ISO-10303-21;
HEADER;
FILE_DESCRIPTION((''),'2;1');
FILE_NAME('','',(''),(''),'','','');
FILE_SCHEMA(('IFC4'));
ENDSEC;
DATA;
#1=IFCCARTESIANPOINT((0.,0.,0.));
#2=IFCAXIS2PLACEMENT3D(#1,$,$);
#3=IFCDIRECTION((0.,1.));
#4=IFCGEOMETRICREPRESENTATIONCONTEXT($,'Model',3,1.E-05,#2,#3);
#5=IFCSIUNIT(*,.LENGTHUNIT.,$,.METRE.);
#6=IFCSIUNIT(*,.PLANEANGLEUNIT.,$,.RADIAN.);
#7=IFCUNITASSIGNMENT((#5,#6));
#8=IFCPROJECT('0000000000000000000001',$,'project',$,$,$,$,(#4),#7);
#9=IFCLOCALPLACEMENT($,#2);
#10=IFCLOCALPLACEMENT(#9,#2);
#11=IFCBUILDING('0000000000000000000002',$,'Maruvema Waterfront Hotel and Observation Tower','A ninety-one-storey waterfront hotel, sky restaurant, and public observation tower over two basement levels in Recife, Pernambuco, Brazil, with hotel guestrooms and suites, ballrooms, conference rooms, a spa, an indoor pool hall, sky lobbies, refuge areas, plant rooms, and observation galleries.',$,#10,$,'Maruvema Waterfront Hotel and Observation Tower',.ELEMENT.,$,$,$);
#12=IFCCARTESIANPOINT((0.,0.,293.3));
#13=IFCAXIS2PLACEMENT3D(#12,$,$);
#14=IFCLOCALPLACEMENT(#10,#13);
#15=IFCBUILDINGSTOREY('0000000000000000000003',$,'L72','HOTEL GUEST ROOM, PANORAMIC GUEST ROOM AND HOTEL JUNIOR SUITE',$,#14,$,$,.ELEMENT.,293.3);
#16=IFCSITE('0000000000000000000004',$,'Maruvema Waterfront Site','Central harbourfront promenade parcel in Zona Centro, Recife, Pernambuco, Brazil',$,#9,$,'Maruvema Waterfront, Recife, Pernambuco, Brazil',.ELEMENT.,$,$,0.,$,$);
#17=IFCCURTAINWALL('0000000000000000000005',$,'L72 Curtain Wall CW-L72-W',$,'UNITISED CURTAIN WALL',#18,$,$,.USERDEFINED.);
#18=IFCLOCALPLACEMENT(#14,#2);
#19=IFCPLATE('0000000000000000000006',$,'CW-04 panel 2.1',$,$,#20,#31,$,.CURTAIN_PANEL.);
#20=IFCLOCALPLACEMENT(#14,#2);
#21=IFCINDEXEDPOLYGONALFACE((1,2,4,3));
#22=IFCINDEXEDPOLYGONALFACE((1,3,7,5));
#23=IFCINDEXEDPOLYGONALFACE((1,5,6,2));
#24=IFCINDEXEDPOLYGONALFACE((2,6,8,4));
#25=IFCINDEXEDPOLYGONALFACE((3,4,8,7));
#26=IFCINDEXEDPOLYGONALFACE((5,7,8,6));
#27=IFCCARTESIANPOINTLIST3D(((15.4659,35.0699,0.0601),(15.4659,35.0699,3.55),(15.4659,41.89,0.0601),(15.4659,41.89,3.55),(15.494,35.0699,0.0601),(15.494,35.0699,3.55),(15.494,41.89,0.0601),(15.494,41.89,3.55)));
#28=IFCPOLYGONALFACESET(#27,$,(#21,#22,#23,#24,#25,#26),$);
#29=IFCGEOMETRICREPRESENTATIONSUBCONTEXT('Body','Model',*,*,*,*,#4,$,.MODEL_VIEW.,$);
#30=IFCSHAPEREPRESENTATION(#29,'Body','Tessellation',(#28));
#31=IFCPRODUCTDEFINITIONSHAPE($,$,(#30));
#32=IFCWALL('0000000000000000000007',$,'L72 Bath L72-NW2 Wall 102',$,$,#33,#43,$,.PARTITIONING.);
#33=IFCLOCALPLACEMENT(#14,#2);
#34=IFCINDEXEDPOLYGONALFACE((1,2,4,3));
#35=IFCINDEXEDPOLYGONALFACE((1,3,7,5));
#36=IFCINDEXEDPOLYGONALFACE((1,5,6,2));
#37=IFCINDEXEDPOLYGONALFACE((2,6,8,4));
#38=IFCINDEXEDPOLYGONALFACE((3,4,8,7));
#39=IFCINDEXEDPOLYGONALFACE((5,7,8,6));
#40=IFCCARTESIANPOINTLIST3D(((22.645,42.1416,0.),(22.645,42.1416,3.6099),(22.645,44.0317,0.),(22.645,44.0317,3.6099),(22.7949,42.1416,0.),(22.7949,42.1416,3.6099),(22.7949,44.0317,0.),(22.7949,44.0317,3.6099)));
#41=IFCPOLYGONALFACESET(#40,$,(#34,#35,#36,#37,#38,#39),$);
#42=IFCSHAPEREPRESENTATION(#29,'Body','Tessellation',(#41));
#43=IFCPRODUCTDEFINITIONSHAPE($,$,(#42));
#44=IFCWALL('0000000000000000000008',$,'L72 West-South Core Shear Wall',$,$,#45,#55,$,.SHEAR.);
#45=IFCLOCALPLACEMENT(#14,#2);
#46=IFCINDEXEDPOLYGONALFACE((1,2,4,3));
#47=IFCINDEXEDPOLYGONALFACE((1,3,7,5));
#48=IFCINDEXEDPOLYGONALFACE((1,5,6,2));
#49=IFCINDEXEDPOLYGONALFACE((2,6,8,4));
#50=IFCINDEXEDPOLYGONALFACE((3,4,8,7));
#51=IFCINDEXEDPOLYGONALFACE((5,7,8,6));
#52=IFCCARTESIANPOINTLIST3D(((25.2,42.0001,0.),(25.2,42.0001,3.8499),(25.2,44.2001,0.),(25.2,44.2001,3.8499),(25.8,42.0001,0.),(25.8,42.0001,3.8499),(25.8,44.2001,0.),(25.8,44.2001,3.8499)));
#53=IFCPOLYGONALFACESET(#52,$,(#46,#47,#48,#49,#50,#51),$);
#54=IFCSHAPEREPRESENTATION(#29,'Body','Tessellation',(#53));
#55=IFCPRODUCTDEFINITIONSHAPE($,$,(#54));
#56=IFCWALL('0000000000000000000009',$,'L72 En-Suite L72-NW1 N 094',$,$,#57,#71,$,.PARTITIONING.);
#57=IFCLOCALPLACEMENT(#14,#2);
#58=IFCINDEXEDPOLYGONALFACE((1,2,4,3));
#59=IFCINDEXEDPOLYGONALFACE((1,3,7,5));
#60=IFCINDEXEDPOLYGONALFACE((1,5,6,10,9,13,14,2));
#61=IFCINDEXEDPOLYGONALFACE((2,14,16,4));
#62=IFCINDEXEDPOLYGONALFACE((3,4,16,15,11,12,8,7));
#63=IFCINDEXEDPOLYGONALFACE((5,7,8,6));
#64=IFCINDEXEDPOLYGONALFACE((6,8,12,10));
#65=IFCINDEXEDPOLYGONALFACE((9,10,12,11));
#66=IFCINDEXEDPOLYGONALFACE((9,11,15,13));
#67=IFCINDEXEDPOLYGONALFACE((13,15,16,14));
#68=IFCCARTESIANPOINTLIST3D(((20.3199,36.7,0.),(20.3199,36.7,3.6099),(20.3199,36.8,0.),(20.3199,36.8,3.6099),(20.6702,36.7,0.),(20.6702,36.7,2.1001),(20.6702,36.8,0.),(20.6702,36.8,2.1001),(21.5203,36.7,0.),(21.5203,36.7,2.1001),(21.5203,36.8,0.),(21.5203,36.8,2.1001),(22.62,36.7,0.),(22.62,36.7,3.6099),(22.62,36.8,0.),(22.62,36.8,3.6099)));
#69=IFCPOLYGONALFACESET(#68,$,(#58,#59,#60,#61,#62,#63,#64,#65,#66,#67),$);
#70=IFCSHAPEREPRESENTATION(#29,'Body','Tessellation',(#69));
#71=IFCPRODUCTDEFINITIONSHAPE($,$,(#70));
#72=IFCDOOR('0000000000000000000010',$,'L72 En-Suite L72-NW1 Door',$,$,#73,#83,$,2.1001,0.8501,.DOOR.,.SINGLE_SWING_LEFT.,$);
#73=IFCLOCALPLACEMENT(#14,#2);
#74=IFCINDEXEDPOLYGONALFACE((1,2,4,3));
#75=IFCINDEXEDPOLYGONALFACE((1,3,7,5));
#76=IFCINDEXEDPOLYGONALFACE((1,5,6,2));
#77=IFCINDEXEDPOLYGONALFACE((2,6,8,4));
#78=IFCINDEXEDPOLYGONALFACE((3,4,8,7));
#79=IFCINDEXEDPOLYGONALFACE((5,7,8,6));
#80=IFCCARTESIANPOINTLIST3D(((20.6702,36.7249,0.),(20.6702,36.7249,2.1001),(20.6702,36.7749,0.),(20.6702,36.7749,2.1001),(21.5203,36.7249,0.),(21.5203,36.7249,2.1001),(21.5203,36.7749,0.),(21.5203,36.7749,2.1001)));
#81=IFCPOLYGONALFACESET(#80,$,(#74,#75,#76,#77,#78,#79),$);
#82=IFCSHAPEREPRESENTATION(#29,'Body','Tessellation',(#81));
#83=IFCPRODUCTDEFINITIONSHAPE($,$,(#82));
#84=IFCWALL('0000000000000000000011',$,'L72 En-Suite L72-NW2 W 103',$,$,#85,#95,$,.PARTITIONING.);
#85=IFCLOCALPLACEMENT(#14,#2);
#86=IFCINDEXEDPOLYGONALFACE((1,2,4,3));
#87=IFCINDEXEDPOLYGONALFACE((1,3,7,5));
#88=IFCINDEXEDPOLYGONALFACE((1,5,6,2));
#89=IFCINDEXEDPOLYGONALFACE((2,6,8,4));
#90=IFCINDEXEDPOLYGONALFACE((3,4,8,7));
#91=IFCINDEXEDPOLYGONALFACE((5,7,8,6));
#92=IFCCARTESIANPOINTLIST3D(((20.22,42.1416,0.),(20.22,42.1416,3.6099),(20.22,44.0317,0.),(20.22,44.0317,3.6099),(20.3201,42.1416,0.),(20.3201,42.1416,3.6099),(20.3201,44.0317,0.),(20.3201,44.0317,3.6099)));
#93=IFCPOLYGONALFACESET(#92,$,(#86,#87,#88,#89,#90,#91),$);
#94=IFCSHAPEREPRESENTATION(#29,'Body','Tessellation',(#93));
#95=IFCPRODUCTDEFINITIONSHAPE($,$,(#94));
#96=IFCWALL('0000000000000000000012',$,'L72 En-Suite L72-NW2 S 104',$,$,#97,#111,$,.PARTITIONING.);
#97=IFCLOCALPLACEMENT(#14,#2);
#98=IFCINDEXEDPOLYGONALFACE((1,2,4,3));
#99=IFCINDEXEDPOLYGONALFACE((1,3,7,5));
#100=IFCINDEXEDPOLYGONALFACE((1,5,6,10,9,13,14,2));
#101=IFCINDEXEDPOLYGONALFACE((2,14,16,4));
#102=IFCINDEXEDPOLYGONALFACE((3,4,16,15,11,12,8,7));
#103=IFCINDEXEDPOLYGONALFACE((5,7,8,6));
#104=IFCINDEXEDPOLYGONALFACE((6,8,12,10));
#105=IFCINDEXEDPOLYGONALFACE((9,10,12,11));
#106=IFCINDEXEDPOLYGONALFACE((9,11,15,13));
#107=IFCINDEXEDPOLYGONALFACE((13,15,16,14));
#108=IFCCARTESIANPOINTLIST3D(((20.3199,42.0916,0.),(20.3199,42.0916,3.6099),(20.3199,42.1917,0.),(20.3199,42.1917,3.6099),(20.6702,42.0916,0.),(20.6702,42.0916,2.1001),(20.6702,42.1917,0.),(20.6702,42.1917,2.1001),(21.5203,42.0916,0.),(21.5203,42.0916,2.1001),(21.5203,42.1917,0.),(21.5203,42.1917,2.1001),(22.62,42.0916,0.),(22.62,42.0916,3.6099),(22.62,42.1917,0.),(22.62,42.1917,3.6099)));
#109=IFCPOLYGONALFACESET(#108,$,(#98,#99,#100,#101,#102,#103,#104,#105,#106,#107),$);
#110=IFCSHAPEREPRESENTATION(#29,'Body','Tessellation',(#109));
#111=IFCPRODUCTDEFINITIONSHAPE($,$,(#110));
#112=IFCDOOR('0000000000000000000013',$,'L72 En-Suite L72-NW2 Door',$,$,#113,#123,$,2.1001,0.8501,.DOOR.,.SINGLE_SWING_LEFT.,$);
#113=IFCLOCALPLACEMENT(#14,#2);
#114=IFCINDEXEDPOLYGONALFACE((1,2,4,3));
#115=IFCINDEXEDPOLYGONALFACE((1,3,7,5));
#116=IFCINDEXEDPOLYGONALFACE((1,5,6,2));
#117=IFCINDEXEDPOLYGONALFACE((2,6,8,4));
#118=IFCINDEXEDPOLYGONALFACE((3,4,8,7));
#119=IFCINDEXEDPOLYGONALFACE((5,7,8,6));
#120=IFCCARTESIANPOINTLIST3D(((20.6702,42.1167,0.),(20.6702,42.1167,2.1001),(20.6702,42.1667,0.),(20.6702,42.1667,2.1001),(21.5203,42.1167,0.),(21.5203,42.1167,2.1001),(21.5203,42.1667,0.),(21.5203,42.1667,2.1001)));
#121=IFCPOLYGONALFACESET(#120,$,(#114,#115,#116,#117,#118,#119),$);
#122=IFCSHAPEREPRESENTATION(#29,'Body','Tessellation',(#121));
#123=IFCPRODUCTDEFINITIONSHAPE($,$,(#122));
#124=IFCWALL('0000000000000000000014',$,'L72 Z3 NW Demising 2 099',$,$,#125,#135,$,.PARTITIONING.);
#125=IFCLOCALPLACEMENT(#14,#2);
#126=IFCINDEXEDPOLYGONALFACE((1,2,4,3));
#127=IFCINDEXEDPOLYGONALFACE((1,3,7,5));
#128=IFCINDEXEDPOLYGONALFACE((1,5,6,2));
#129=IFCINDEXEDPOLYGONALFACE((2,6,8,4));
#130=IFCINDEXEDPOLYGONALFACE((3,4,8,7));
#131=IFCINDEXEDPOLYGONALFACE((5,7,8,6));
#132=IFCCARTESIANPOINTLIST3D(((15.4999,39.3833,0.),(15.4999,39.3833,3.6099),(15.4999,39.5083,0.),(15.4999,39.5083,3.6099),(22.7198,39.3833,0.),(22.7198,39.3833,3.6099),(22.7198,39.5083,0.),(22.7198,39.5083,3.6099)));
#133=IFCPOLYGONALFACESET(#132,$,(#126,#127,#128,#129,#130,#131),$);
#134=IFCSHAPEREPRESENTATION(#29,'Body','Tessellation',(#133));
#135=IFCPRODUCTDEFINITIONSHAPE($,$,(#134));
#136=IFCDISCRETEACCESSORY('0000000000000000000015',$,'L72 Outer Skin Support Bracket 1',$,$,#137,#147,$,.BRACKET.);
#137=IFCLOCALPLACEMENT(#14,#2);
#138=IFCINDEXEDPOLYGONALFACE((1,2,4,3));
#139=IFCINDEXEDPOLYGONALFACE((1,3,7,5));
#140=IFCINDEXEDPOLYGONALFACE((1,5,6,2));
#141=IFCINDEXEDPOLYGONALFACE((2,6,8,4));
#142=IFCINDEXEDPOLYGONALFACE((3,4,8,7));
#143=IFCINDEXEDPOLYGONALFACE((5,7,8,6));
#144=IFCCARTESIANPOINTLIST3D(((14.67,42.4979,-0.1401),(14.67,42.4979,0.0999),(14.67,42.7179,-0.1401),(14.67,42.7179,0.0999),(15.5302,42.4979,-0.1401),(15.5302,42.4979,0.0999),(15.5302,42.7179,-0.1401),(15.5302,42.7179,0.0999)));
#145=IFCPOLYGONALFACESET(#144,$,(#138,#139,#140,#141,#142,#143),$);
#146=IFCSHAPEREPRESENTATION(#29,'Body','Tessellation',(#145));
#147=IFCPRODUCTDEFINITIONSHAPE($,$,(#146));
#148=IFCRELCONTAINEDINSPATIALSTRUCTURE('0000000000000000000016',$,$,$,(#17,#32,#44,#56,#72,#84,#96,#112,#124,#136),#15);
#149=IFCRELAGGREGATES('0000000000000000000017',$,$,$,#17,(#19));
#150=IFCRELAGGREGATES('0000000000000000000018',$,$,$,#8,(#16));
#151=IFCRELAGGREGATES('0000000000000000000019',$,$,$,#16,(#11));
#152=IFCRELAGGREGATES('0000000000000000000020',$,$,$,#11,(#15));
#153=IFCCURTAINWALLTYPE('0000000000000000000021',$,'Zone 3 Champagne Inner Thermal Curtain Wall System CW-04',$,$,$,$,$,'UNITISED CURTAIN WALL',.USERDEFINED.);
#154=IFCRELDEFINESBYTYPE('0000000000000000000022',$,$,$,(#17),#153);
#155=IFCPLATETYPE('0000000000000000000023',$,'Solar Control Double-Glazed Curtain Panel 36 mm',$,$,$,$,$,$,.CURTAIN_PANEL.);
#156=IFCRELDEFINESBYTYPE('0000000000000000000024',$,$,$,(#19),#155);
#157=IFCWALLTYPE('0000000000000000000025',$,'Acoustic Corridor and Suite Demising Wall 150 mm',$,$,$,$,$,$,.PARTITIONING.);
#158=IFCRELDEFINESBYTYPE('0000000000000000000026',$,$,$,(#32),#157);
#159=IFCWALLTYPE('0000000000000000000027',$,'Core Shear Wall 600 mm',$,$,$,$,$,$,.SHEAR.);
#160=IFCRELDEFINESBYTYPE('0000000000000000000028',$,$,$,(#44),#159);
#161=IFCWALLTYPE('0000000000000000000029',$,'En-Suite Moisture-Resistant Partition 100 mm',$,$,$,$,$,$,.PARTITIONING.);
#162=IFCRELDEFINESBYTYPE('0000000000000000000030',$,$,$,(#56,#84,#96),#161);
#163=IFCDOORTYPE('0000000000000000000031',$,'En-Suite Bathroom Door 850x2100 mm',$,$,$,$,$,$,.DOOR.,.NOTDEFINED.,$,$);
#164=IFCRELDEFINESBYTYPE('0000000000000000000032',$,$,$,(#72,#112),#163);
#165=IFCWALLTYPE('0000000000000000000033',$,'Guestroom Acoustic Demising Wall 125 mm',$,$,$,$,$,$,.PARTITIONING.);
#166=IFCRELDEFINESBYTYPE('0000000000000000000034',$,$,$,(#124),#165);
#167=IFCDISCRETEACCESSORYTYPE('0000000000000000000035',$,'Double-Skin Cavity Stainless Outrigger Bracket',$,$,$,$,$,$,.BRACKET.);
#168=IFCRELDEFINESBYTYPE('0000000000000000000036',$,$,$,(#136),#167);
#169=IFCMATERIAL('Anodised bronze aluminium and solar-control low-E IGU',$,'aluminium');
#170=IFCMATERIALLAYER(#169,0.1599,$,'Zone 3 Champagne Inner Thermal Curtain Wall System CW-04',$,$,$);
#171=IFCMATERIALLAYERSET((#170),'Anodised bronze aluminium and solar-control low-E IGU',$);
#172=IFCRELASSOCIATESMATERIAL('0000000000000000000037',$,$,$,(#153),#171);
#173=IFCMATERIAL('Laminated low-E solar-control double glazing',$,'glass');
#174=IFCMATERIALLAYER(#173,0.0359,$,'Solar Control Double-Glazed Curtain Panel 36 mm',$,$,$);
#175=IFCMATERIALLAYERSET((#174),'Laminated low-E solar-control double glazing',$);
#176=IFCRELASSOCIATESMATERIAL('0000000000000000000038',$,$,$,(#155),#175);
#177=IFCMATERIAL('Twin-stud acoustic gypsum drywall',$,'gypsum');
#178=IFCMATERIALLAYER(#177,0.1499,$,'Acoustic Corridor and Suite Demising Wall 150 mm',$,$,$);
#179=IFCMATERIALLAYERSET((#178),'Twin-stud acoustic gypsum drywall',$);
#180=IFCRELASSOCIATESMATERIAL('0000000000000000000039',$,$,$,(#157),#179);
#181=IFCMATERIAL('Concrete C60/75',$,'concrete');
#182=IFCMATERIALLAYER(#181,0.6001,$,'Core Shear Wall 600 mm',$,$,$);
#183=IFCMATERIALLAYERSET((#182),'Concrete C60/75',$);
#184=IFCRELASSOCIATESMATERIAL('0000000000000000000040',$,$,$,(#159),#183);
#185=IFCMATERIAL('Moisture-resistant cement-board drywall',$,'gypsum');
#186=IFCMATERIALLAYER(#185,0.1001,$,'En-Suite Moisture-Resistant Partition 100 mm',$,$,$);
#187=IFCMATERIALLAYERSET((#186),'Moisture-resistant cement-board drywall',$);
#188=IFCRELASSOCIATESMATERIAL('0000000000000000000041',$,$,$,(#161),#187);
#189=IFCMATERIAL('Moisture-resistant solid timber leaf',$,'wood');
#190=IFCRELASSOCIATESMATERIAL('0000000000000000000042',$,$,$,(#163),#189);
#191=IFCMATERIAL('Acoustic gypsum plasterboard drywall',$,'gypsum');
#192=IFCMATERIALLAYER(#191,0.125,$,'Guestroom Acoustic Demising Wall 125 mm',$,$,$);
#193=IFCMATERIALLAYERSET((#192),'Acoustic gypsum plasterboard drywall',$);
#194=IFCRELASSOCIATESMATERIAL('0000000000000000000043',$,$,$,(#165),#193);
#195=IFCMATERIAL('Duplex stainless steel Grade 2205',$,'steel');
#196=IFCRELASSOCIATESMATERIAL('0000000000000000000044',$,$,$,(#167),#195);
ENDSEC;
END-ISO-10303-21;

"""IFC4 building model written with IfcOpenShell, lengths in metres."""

from ifc_helpers import new_model, si_unit, direction, frame, frame_2d, origin, origin_2d, place, context, subcontext, project, spatial, rectangle, extrude, material, layer, layer_set, type_object, element, fill, aggregate, save


model = new_model("IFC4")

# Units and contexts
model_context = context("Model", 3, precision=1e-05, world=origin(), true_north=direction((0.0, 1.0)))
body_context = subcontext(model_context, "Body", "Model", "MODEL_VIEW")
ifc_project = project(units=[si_unit("LENGTHUNIT", "METRE"), si_unit("PLANEANGLEUNIT", "RADIAN")], contexts=[model_context])

# Site, building, storey
site_placement = place(None, origin())
site = spatial("IfcSite", under=ifc_project, at=site_placement, Name="Maruvema Waterfront Site", Description="Central harbourfront promenade parcel in Zona Centro, Recife, Pernambuco, Brazil", LongName="Maruvema Waterfront, Recife, Pernambuco, Brazil", CompositionType="ELEMENT", RefElevation=0.0)
building_placement = place(site_placement, origin())
building = spatial("IfcBuilding", under=site, at=building_placement, Name="Maruvema Waterfront Hotel and Observation Tower", Description="A ninety-one-storey waterfront hotel, sky restaurant, and public observation tower over two basement levels in Recife, Pernambuco, Brazil, with hotel guestrooms and suites, ballrooms, conference rooms, a spa, an indoor pool hall, sky lobbies, refuge areas, plant rooms, and observation galleries.", LongName="Maruvema Waterfront Hotel and Observation Tower", CompositionType="ELEMENT")
storey_placement = place(building_placement, frame((0.0, 0.0, 293.3)))
storey = spatial("IfcBuildingStorey", under=building, at=storey_placement, Name="L72", Description="HOTEL GUEST ROOM, PANORAMIC GUEST ROOM AND HOTEL JUNIOR SUITE", CompositionType="ELEMENT", Elevation=293.3)

# Curtain wall
ifc_material_1 = material(Name="Anodised bronze aluminium and solar-control low-E IGU", Category="aluminium")
ifc_layer_1 = layer(ifc_material_1, 0.1599, Name="Zone 3 Champagne Inner Thermal Curtain Wall System CW-04")
ifc_layer_set_1 = layer_set([ifc_layer_1], Name="Anodised bronze aluminium and solar-control low-E IGU")
curtain_wall_type = type_object("IfcCurtainWallType", Name="Zone 3 Champagne Inner Thermal Curtain Wall System CW-04", ElementType="UNITISED CURTAIN WALL", PredefinedType="USERDEFINED", material=ifc_layer_set_1)
curtain_wall_placement = place(storey_placement, origin())
curtain_wall = element("IfcCurtainWall", 1, at=curtain_wall_placement, inside=storey, type_object=curtain_wall_type, Name="L72 Curtain Wall CW-L72-W", ObjectType="UNITISED CURTAIN WALL", PredefinedType="USERDEFINED")

# Plate
ifc_material_2 = material(Name="Laminated low-E solar-control double glazing", Category="glass")
ifc_layer_2 = layer(ifc_material_2, 0.0359, Name="Solar Control Double-Glazed Curtain Panel 36 mm")
ifc_layer_set_2 = layer_set([ifc_layer_2], Name="Laminated low-E solar-control double glazing")
plate_type = type_object("IfcPlateType", Name="Solar Control Double-Glazed Curtain Panel 36 mm", PredefinedType="CURTAIN_PANEL", material=ifc_layer_set_2)
plate_placement = place(storey_placement, frame((15.48, 38.48, 0.0601), z_axis=(0.0, 0.0, 1.0), x_axis=(0.0, -1.0, 0.0)))
plate = element("IfcPlate", 2, at=plate_placement, type_object=plate_type, Name="CW-04 panel 2.1", PredefinedType="CURTAIN_PANEL", context=body_context, shape_type="SweptSolid", body=[
    extrude(rectangle(XDim=6.8201, YDim=0.0281, at=origin_2d()), origin(), (0.0, 0.0, 1.0), 3.49),
])
aggregate(curtain_wall, [plate])

# Shared definitions
ifc_material_3 = material(Name="Twin-stud acoustic gypsum drywall", Category="gypsum")
ifc_layer_3 = layer(ifc_material_3, 0.1499, Name="Acoustic Corridor and Suite Demising Wall 150 mm")
ifc_layer_set_3 = layer_set([ifc_layer_3], Name="Twin-stud acoustic gypsum drywall")
wall_type_1 = type_object("IfcWallType", Name="Acoustic Corridor and Suite Demising Wall 150 mm", PredefinedType="PARTITIONING", material=ifc_layer_set_3)

# Wall
wall_1_placement = place(storey_placement, frame((22.72, 42.1416, 0.0), z_axis=(0.0, 0.0, 1.0), x_axis=(0.0, 1.0, 0.0)))
element("IfcWall", 3, at=wall_1_placement, inside=storey, type_object=wall_type_1, Name="L72 Bath L72-NW2 Wall 102", PredefinedType="PARTITIONING", context=body_context, shape_type="SweptSolid", body=[
    extrude(rectangle(XDim=1.8901, YDim=0.1499, at=frame_2d((0.9451, 0.0))), origin(), (0.0, 0.0, 1.0), 3.6099),
])

# Shared definitions
ifc_material_4 = material(Name="Concrete C60/75", Category="concrete")
ifc_layer_4 = layer(ifc_material_4, 0.6001, Name="Core Shear Wall 600 mm")
ifc_layer_set_4 = layer_set([ifc_layer_4], Name="Concrete C60/75")
wall_type_2 = type_object("IfcWallType", Name="Core Shear Wall 600 mm", PredefinedType="SHEAR", material=ifc_layer_set_4)

# Wall
wall_2_placement = place(storey_placement, frame((25.5, 42.0, 0.0), z_axis=(0.0, 0.0, 1.0), x_axis=(0.0, 1.0, 0.0)))
element("IfcWall", 4, at=wall_2_placement, inside=storey, type_object=wall_type_2, Name="L72 West-South Core Shear Wall", PredefinedType="SHEAR", context=body_context, shape_type="SweptSolid", body=[
    extrude(rectangle(XDim=2.2, YDim=0.6001, at=frame_2d((1.1001, 0.0))), origin(), (0.0, 0.0, 1.0), 3.8499),
])

# Wall, opening, door
ifc_material_5 = material(Name="Moisture-resistant cement-board drywall", Category="gypsum")
ifc_layer_5 = layer(ifc_material_5, 0.1001, Name="En-Suite Moisture-Resistant Partition 100 mm")
ifc_layer_set_5 = layer_set([ifc_layer_5], Name="Moisture-resistant cement-board drywall")
wall_type_3 = type_object("IfcWallType", Name="En-Suite Moisture-Resistant Partition 100 mm", PredefinedType="PARTITIONING", material=ifc_layer_set_5)
wall_3_placement = place(storey_placement, frame((20.3201, 36.75, 0.0), z_axis=(0.0, 0.0, 1.0), x_axis=(1.0, 0.0, 0.0)))
wall_3 = element("IfcWall", 5, at=wall_3_placement, inside=storey, type_object=wall_type_3, Name="L72 En-Suite L72-NW1 N 094", PredefinedType="PARTITIONING", context=body_context, shape_type="SweptSolid", body=[
    extrude(rectangle(XDim=2.3, YDim=0.1001, at=frame_2d((1.1499, 0.0))), origin(), (0.0, 0.0, 1.0), 3.6099),
])
opening_1_placement = place(wall_3_placement, frame((0.3501, 0.0, 0.0)))
opening_1 = element("IfcOpeningElement", 6, at=opening_1_placement, cuts=wall_3, PredefinedType="OPENING", context=body_context, shape_type="SweptSolid", body=[
    extrude(rectangle(XDim=0.8501, YDim=2.1001, at=frame_2d((0.425, 1.05))), frame((0.0, 0.0601, 0.0), z_axis=(0.0, -1.0, 0.0), x_axis=(1.0, 0.0, 0.0)), (0.0, 0.0, 1.0), 0.1201),
])
ifc_material_6 = material(Name="Moisture-resistant solid timber leaf", Category="wood")
door_type_1 = type_object("IfcDoorType", Name="En-Suite Bathroom Door 850x2100 mm", OperationType="NOTDEFINED", PredefinedType="DOOR", material=ifc_material_6)
door_1_placement = place(opening_1_placement, origin())
door_1 = element("IfcDoor", 7, at=door_1_placement, inside=storey, type_object=door_type_1, Name="L72 En-Suite L72-NW1 Door", OperationType="SINGLE_SWING_LEFT", OverallHeight=2.1001, OverallWidth=0.8501, PredefinedType="DOOR", context=body_context, shape_type="SweptSolid", body=[
    extrude(rectangle(XDim=0.8501, YDim=2.1001, at=frame_2d((0.425, 1.05))), frame((0.0, 0.0249, 0.0), z_axis=(0.0, -1.0, 0.0), x_axis=(1.0, 0.0, 0.0)), (0.0, 0.0, 1.0), 0.05),
])
fill(opening_1, door_1)

# Wall
wall_4_placement = place(storey_placement, frame((20.27, 42.1416, 0.0), z_axis=(0.0, 0.0, 1.0), x_axis=(0.0, 1.0, 0.0)))
element("IfcWall", 8, at=wall_4_placement, inside=storey, type_object=wall_type_3, Name="L72 En-Suite L72-NW2 W 103", PredefinedType="PARTITIONING", context=body_context, shape_type="SweptSolid", body=[
    extrude(rectangle(XDim=1.8901, YDim=0.1001, at=frame_2d((0.9451, 0.0))), origin(), (0.0, 0.0, 1.0), 3.6099),
])

# Wall, opening, door
wall_5_placement = place(storey_placement, frame((20.3201, 42.1416, 0.0), z_axis=(0.0, 0.0, 1.0), x_axis=(1.0, 0.0, 0.0)))
wall_5 = element("IfcWall", 9, at=wall_5_placement, inside=storey, type_object=wall_type_3, Name="L72 En-Suite L72-NW2 S 104", PredefinedType="PARTITIONING", context=body_context, shape_type="SweptSolid", body=[
    extrude(rectangle(XDim=2.3, YDim=0.1001, at=frame_2d((1.1499, 0.0))), origin(), (0.0, 0.0, 1.0), 3.6099),
])
opening_2_placement = place(wall_5_placement, frame((0.3501, 0.0, 0.0)))
opening_2 = element("IfcOpeningElement", 10, at=opening_2_placement, cuts=wall_5, PredefinedType="OPENING", context=body_context, shape_type="SweptSolid", body=[
    extrude(rectangle(XDim=0.8501, YDim=2.1001, at=frame_2d((0.425, 1.05))), frame((0.0, 0.0601, 0.0), z_axis=(0.0, -1.0, 0.0), x_axis=(1.0, 0.0, 0.0)), (0.0, 0.0, 1.0), 0.1201),
])
door_2_placement = place(opening_2_placement, frame((0.8501, 0.0, 0.0), z_axis=(0.0, 0.0, 1.0), x_axis=(-1.0, 0.0, 0.0)))
door_2 = element("IfcDoor", 11, at=door_2_placement, inside=storey, type_object=door_type_1, Name="L72 En-Suite L72-NW2 Door", OperationType="SINGLE_SWING_LEFT", OverallHeight=2.1001, OverallWidth=0.8501, PredefinedType="DOOR", context=body_context, shape_type="SweptSolid", body=[
    extrude(rectangle(XDim=0.8501, YDim=2.1001, at=frame_2d((0.425, 1.05))), frame((0.0, 0.0249, 0.0), z_axis=(0.0, -1.0, 0.0), x_axis=(1.0, 0.0, 0.0)), (0.0, 0.0, 1.0), 0.05),
])
fill(opening_2, door_2)

# Wall
ifc_material_7 = material(Name="Acoustic gypsum plasterboard drywall", Category="gypsum")
ifc_layer_6 = layer(ifc_material_7, 0.125, Name="Guestroom Acoustic Demising Wall 125 mm")
ifc_layer_set_6 = layer_set([ifc_layer_6], Name="Acoustic gypsum plasterboard drywall")
wall_type_4 = type_object("IfcWallType", Name="Guestroom Acoustic Demising Wall 125 mm", PredefinedType="PARTITIONING", material=ifc_layer_set_6)
wall_6_placement = place(storey_placement, frame((15.5, 39.4458, 0.0), z_axis=(0.0, 0.0, 1.0), x_axis=(1.0, 0.0, 0.0)))
element("IfcWall", 12, at=wall_6_placement, inside=storey, type_object=wall_type_4, Name="L72 Z3 NW Demising 2 099", PredefinedType="PARTITIONING", context=body_context, shape_type="SweptSolid", body=[
    extrude(rectangle(XDim=7.22, YDim=0.125, at=frame_2d((3.6099, 0.0))), origin(), (0.0, 0.0, 1.0), 3.6099),
])

# Discrete accessory
ifc_material_8 = material(Name="Duplex stainless steel Grade 2205", Category="steel")
discrete_accessory_type = type_object("IfcDiscreteAccessoryType", Name="Double-Skin Cavity Stainless Outrigger Bracket", PredefinedType="BRACKET", material=ifc_material_8)
discrete_accessory_placement = place(storey_placement, frame((15.1001, 42.6079, -0.1401), z_axis=(0.0, 0.0, 1.0), x_axis=(0.0, -1.0, 0.0)))
element("IfcDiscreteAccessory", 13, at=discrete_accessory_placement, inside=storey, type_object=discrete_accessory_type, Name="L72 Outer Skin Support Bracket 1", PredefinedType="BRACKET", context=body_context, shape_type="SweptSolid", body=[
    extrude(rectangle(XDim=0.22, YDim=0.8601, at=origin_2d()), origin(), (0.0, 0.0, 1.0), 0.24),
])

save(model, "model.ifc")
